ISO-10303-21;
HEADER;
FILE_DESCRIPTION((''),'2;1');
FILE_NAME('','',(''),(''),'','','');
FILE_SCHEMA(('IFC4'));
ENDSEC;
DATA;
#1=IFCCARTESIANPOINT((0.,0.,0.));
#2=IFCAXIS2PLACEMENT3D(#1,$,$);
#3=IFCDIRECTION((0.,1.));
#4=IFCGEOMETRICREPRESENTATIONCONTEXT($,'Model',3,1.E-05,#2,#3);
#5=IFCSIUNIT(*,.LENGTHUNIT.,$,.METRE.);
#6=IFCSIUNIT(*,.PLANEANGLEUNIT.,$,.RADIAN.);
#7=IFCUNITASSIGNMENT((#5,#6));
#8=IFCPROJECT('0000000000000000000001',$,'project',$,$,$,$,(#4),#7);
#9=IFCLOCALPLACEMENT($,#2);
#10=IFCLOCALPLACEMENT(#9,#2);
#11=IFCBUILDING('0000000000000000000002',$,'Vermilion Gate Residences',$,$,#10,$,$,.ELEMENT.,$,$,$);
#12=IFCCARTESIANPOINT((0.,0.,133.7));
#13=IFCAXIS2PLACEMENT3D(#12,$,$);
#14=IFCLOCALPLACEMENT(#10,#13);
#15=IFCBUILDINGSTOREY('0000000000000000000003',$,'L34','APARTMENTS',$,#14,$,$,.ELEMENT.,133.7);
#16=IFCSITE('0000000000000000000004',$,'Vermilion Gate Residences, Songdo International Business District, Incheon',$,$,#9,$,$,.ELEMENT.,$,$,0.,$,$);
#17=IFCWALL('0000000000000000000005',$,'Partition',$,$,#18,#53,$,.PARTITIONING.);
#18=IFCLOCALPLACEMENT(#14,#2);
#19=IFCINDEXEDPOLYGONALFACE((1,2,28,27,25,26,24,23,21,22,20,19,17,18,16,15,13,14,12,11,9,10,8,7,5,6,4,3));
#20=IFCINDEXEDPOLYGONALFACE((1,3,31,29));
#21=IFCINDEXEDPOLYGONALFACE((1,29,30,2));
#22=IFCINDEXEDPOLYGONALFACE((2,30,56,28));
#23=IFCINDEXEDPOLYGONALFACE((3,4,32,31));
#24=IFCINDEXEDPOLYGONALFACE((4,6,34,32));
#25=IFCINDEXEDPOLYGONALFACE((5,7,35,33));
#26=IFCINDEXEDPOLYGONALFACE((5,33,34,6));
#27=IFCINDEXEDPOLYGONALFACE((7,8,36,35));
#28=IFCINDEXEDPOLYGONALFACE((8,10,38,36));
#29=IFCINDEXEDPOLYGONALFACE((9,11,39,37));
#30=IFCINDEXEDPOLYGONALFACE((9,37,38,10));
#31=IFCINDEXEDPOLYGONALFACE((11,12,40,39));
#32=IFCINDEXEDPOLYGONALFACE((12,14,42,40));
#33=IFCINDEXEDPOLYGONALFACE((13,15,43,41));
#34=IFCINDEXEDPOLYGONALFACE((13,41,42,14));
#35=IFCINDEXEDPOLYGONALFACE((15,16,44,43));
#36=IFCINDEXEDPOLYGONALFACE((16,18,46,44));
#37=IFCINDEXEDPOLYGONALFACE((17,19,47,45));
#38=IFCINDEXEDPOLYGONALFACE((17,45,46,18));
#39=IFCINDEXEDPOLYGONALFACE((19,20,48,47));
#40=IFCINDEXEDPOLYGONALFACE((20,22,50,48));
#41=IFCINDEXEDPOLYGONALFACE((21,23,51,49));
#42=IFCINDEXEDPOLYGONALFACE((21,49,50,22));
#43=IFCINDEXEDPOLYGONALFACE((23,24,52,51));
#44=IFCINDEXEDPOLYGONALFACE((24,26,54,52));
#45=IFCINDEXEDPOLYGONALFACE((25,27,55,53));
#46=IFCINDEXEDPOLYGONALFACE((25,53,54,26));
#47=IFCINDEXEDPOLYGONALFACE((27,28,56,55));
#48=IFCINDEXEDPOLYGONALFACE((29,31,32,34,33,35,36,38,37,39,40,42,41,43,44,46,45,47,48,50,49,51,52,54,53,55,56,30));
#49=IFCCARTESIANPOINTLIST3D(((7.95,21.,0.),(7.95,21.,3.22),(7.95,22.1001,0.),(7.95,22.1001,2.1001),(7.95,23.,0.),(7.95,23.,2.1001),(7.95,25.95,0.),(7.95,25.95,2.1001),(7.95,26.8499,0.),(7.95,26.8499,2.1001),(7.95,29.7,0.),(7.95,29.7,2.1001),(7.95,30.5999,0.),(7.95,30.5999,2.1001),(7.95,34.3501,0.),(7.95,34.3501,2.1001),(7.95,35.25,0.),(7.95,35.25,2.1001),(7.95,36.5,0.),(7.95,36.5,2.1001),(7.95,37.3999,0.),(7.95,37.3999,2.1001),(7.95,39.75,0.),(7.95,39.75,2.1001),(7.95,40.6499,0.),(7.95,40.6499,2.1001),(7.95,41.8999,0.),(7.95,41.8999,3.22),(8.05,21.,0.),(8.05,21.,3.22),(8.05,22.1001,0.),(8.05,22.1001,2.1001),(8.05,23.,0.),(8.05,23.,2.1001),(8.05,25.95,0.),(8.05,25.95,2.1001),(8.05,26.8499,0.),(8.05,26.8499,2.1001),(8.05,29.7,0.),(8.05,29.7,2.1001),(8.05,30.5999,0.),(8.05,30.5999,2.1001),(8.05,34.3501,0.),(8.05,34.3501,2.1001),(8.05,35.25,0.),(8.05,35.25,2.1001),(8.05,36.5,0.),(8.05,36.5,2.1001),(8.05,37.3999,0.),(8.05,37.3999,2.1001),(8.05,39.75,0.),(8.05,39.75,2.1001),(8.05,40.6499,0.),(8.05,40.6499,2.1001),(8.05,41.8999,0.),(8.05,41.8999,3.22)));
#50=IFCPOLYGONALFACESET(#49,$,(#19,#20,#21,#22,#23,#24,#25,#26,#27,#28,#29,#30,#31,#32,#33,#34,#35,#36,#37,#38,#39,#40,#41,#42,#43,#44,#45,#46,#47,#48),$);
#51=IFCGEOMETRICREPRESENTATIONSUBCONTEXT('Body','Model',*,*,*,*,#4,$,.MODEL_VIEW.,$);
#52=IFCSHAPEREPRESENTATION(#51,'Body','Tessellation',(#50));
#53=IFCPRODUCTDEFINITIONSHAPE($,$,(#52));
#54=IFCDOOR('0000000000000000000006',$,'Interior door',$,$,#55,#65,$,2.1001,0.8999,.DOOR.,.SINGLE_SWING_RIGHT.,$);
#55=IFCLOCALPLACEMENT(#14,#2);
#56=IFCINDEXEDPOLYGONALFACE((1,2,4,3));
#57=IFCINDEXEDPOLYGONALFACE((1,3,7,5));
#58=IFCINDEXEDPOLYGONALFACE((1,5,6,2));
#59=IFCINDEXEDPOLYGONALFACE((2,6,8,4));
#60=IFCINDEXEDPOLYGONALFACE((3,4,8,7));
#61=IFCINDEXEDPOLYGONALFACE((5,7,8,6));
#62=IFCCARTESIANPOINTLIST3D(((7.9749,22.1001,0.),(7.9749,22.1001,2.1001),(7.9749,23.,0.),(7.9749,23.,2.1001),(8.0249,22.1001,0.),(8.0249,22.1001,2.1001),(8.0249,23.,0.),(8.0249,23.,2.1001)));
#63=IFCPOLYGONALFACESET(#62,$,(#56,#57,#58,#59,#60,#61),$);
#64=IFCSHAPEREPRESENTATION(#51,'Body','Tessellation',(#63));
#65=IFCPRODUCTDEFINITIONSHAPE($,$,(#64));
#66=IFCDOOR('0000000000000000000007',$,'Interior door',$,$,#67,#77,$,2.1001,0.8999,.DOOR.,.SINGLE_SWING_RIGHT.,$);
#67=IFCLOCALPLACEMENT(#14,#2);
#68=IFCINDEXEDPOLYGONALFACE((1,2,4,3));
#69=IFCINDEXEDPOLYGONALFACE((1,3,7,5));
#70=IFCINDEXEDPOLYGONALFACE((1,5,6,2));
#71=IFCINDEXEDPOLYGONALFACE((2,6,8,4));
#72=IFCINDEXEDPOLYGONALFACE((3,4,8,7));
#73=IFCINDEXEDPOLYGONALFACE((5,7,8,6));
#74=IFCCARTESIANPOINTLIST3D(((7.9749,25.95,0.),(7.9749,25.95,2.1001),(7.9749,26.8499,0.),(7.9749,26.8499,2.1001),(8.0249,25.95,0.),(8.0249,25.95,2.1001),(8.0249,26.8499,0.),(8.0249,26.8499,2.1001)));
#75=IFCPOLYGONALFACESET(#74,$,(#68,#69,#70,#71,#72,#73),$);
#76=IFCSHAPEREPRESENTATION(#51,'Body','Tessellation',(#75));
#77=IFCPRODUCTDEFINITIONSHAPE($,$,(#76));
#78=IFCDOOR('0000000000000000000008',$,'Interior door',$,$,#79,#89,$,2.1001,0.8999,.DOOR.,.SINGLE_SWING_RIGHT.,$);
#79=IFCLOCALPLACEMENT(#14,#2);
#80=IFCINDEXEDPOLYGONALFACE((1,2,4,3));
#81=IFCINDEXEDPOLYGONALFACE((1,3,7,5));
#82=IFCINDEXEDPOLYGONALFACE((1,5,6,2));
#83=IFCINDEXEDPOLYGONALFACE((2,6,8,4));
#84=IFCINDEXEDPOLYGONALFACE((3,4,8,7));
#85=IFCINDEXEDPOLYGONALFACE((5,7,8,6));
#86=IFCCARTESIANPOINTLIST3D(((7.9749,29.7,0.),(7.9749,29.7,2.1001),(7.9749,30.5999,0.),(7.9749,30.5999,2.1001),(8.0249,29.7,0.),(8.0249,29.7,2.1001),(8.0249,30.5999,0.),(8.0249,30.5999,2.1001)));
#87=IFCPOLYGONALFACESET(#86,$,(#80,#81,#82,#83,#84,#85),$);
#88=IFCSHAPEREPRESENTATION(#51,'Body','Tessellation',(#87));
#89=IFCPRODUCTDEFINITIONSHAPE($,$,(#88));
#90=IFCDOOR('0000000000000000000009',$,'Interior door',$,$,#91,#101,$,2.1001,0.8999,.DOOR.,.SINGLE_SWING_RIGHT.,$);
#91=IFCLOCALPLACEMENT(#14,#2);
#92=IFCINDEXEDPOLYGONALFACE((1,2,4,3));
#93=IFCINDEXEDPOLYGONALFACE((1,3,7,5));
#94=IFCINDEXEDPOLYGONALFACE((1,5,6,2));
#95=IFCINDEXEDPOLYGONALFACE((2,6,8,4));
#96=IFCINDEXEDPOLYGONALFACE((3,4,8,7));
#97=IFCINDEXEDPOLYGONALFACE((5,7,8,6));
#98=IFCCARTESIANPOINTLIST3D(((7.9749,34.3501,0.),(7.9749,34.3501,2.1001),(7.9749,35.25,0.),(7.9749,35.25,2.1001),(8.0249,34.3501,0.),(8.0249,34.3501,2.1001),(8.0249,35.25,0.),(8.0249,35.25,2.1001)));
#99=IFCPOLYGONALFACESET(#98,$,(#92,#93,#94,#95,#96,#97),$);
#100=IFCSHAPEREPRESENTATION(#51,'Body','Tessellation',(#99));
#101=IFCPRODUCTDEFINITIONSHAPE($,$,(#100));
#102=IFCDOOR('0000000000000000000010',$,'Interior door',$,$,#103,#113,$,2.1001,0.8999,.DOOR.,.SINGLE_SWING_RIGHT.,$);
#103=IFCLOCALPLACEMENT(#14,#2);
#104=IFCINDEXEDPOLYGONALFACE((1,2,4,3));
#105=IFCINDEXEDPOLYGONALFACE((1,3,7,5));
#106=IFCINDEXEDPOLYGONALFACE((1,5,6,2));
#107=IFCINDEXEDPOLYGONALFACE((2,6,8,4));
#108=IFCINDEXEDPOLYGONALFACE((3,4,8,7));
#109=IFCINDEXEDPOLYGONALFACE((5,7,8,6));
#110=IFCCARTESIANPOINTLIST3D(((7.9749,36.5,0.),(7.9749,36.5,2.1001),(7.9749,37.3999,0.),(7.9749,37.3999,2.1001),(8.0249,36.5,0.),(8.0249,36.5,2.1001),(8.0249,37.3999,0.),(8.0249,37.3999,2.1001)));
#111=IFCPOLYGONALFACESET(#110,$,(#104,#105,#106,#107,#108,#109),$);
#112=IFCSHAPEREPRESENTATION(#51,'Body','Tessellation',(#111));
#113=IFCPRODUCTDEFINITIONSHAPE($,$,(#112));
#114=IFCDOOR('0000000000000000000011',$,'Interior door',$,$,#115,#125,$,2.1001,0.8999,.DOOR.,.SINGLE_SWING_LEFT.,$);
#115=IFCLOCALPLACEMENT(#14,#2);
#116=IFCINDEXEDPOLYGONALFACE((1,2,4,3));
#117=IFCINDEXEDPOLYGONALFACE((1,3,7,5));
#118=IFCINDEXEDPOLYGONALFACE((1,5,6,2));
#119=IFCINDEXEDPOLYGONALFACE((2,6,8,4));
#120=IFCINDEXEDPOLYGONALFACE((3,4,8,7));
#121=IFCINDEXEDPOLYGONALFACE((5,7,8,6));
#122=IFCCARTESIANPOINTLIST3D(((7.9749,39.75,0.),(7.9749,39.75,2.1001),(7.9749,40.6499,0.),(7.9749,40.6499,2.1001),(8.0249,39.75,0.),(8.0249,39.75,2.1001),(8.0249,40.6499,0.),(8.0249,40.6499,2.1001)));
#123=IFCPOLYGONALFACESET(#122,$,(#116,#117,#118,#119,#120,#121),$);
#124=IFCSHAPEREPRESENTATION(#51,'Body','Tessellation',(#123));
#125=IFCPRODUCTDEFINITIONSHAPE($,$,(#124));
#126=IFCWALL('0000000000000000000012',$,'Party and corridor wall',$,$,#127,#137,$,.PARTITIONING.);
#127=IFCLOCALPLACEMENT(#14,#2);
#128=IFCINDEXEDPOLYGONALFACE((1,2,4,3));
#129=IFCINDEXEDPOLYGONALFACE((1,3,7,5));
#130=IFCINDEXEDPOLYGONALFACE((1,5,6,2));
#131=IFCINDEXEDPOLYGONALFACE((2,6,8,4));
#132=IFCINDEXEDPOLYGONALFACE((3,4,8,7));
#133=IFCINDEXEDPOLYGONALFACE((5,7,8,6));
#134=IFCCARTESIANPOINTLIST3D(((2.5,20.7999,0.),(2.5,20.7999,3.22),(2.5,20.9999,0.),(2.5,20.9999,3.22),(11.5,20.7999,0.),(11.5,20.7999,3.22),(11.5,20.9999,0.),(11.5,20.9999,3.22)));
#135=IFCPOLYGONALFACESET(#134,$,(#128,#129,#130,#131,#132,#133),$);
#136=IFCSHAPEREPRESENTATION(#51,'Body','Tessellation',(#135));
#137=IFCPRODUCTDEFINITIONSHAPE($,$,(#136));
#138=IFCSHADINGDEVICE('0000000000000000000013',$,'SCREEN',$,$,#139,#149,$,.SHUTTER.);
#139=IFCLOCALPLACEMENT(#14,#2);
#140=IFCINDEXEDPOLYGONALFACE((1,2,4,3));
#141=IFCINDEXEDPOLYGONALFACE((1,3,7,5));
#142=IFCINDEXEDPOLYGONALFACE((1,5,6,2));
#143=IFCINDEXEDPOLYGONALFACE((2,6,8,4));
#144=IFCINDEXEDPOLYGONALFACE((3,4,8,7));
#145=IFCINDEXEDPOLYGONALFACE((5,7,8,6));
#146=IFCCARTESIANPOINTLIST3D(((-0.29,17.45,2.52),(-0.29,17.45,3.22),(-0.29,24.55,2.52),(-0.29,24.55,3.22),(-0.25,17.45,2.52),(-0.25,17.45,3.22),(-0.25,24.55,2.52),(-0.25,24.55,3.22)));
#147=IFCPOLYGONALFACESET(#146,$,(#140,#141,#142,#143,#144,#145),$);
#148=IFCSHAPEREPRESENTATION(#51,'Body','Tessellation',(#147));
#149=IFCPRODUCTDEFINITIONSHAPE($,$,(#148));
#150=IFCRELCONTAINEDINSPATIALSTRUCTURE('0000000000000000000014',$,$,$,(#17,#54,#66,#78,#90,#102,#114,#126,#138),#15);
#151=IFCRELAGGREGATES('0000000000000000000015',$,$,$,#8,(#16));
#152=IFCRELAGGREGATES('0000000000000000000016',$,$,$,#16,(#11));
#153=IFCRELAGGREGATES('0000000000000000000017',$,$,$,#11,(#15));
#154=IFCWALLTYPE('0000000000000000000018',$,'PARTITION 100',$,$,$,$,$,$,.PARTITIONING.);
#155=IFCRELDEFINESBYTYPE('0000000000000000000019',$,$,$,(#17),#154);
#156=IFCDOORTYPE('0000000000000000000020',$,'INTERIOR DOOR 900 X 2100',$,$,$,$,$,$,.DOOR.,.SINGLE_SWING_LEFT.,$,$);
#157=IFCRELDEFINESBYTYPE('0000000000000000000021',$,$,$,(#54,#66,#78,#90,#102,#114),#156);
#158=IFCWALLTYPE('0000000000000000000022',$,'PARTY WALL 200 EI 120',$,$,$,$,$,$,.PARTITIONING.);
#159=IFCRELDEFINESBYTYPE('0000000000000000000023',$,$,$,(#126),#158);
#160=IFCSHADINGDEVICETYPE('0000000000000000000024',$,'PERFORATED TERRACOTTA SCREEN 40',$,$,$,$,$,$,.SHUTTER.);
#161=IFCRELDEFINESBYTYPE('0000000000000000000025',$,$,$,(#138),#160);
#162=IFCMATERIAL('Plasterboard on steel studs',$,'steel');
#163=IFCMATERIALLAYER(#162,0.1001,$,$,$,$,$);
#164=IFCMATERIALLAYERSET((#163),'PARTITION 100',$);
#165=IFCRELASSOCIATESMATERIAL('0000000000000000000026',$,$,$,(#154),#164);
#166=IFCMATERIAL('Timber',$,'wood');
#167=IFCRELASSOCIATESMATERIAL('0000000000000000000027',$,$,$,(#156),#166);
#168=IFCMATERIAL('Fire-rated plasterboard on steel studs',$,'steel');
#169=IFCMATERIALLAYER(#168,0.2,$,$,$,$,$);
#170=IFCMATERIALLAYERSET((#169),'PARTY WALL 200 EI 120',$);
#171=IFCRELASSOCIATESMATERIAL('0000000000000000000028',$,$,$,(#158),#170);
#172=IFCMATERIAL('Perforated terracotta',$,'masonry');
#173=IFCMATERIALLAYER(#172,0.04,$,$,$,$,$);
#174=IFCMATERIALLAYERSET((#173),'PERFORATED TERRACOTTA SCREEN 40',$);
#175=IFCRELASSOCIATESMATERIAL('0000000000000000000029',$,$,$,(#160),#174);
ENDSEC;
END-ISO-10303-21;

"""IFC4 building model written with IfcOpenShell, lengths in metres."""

from ifc_helpers import new_model, si_unit, direction, frame, frame_2d, origin, origin_2d, place, context, subcontext, project, spatial, rectangle, extrude, material, layer, layer_set, type_object, element, fill, save


model = new_model("IFC4")

# Units and contexts
model_context = context("Model", 3, precision=1e-05, world=origin(), true_north=direction((0.0, 1.0)))
body_context = subcontext(model_context, "Body", "Model", "MODEL_VIEW")
ifc_project = project(units=[si_unit("LENGTHUNIT", "METRE"), si_unit("PLANEANGLEUNIT", "RADIAN")], contexts=[model_context])

# Site, building, storey
site_placement = place(None, origin())
site = spatial("IfcSite", under=ifc_project, at=site_placement, Name="Vermilion Gate Residences, Songdo International Business District, Incheon", CompositionType="ELEMENT", RefElevation=0.0)
building_placement = place(site_placement, origin())
building = spatial("IfcBuilding", under=site, at=building_placement, Name="Vermilion Gate Residences", CompositionType="ELEMENT")
storey_placement = place(building_placement, frame((0.0, 0.0, 133.7)))
storey = spatial("IfcBuildingStorey", under=building, at=storey_placement, Name="L34", Description="APARTMENTS", CompositionType="ELEMENT", Elevation=133.7)

# Shared definitions
ifc_material_1 = material(Name="Plasterboard on steel studs", Category="steel")
ifc_layer_1 = layer(ifc_material_1, 0.1001)
ifc_layer_set_1 = layer_set([ifc_layer_1], Name="PARTITION 100")
wall_type_1 = type_object("IfcWallType", Name="PARTITION 100", PredefinedType="PARTITIONING", material=ifc_layer_set_1)

# Shared definitions
ifc_material_2 = material(Name="Timber", Category="wood")
door_type = type_object("IfcDoorType", Name="INTERIOR DOOR 900 X 2100", OperationType="SINGLE_SWING_LEFT", PredefinedType="DOOR", material=ifc_material_2)

# Wall, openings, doors
wall_1_placement = place(storey_placement, frame((8.0, 21.0, 0.0), z_axis=(0.0, 0.0, 1.0), x_axis=(0.0, 1.0, 0.0)))
wall_1 = element("IfcWall", 1, at=wall_1_placement, inside=storey, type_object=wall_type_1, Name="Partition", PredefinedType="PARTITIONING", context=body_context, shape_type="SweptSolid", body=[
    extrude(rectangle(XDim=20.8999, YDim=0.1001, at=frame_2d((10.45, 0.0))), origin(), (0.0, 0.0, 1.0), 3.22),
])
opening_1_placement = place(wall_1_placement, frame((1.1001, 0.0, 0.0)))
opening_1 = element("IfcOpeningElement", 2, at=opening_1_placement, cuts=wall_1, PredefinedType="OPENING", context=body_context, shape_type="SweptSolid", body=[
    extrude(rectangle(XDim=0.8999, YDim=2.1001, at=frame_2d((0.45, 1.05))), frame((0.0, 0.0601, 0.0), z_axis=(0.0, -1.0, 0.0), x_axis=(1.0, 0.0, 0.0)), (0.0, 0.0, 1.0), 0.1201),
])
opening_2_placement = place(wall_1_placement, frame((4.95, 0.0, 0.0)))
opening_2 = element("IfcOpeningElement", 3, at=opening_2_placement, cuts=wall_1, PredefinedType="OPENING", context=body_context, shape_type="SweptSolid", body=[
    extrude(rectangle(XDim=0.8999, YDim=2.1001, at=frame_2d((0.45, 1.05))), frame((0.0, 0.0601, 0.0), z_axis=(0.0, -1.0, 0.0), x_axis=(1.0, 0.0, 0.0)), (0.0, 0.0, 1.0), 0.1201),
])
opening_3_placement = place(wall_1_placement, frame((8.7, 0.0, 0.0)))
opening_3 = element("IfcOpeningElement", 4, at=opening_3_placement, cuts=wall_1, PredefinedType="OPENING", context=body_context, shape_type="SweptSolid", body=[
    extrude(rectangle(XDim=0.8999, YDim=2.1001, at=frame_2d((0.45, 1.05))), frame((0.0, 0.0601, 0.0), z_axis=(0.0, -1.0, 0.0), x_axis=(1.0, 0.0, 0.0)), (0.0, 0.0, 1.0), 0.1201),
])
opening_4_placement = place(wall_1_placement, frame((13.3501, 0.0, 0.0)))
opening_4 = element("IfcOpeningElement", 5, at=opening_4_placement, cuts=wall_1, PredefinedType="OPENING", context=body_context, shape_type="SweptSolid", body=[
    extrude(rectangle(XDim=0.8999, YDim=2.1001, at=frame_2d((0.45, 1.05))), frame((0.0, 0.0601, 0.0), z_axis=(0.0, -1.0, 0.0), x_axis=(1.0, 0.0, 0.0)), (0.0, 0.0, 1.0), 0.1201),
])
opening_5_placement = place(wall_1_placement, frame((15.5, 0.0, 0.0)))
opening_5 = element("IfcOpeningElement", 6, at=opening_5_placement, cuts=wall_1, PredefinedType="OPENING", context=body_context, shape_type="SweptSolid", body=[
    extrude(rectangle(XDim=0.8999, YDim=2.1001, at=frame_2d((0.45, 1.05))), frame((0.0, 0.0601, 0.0), z_axis=(0.0, -1.0, 0.0), x_axis=(1.0, 0.0, 0.0)), (0.0, 0.0, 1.0), 0.1201),
])
opening_6_placement = place(wall_1_placement, frame((18.75, 0.0, 0.0)))
opening_6 = element("IfcOpeningElement", 7, at=opening_6_placement, cuts=wall_1, PredefinedType="OPENING", context=body_context, shape_type="SweptSolid", body=[
    extrude(rectangle(XDim=0.8999, YDim=2.1001, at=frame_2d((0.45, 1.05))), frame((0.0, 0.0601, 0.0), z_axis=(0.0, -1.0, 0.0), x_axis=(1.0, 0.0, 0.0)), (0.0, 0.0, 1.0), 0.1201),
])
door_1_placement = place(opening_1_placement, frame((0.8999, 0.0, 0.0), z_axis=(0.0, 0.0, 1.0), x_axis=(-1.0, 0.0, 0.0)))
door_1 = element("IfcDoor", 8, at=door_1_placement, inside=storey, type_object=door_type, Name="Interior door", OperationType="SINGLE_SWING_RIGHT", OverallHeight=2.1001, OverallWidth=0.8999, PredefinedType="DOOR", context=body_context, shape_type="SweptSolid", body=[
    extrude(rectangle(XDim=0.8999, YDim=2.1001, at=frame_2d((0.45, 1.05))), frame((0.0, 0.0249, 0.0), z_axis=(0.0, -1.0, 0.0), x_axis=(1.0, 0.0, 0.0)), (0.0, 0.0, 1.0), 0.05),
])
fill(opening_1, door_1)
door_2_placement = place(opening_2_placement, frame((0.8999, 0.0, 0.0), z_axis=(0.0, 0.0, 1.0), x_axis=(-1.0, 0.0, 0.0)))
door_2 = element("IfcDoor", 9, at=door_2_placement, inside=storey, type_object=door_type, Name="Interior door", OperationType="SINGLE_SWING_RIGHT", OverallHeight=2.1001, OverallWidth=0.8999, PredefinedType="DOOR", context=body_context, shape_type="SweptSolid", body=[
    extrude(rectangle(XDim=0.8999, YDim=2.1001, at=frame_2d((0.45, 1.05))), frame((0.0, 0.0249, 0.0), z_axis=(0.0, -1.0, 0.0), x_axis=(1.0, 0.0, 0.0)), (0.0, 0.0, 1.0), 0.05),
])
fill(opening_2, door_2)
door_3_placement = place(opening_3_placement, frame((0.8999, 0.0, 0.0), z_axis=(0.0, 0.0, 1.0), x_axis=(-1.0, 0.0, 0.0)))
door_3 = element("IfcDoor", 10, at=door_3_placement, inside=storey, type_object=door_type, Name="Interior door", OperationType="SINGLE_SWING_RIGHT", OverallHeight=2.1001, OverallWidth=0.8999, PredefinedType="DOOR", context=body_context, shape_type="SweptSolid", body=[
    extrude(rectangle(XDim=0.8999, YDim=2.1001, at=frame_2d((0.45, 1.05))), frame((0.0, 0.0249, 0.0), z_axis=(0.0, -1.0, 0.0), x_axis=(1.0, 0.0, 0.0)), (0.0, 0.0, 1.0), 0.05),
])
fill(opening_3, door_3)
door_4_placement = place(opening_4_placement, frame((0.8999, 0.0, 0.0), z_axis=(0.0, 0.0, 1.0), x_axis=(-1.0, 0.0, 0.0)))
door_4 = element("IfcDoor", 11, at=door_4_placement, inside=storey, type_object=door_type, Name="Interior door", OperationType="SINGLE_SWING_RIGHT", OverallHeight=2.1001, OverallWidth=0.8999, PredefinedType="DOOR", context=body_context, shape_type="SweptSolid", body=[
    extrude(rectangle(XDim=0.8999, YDim=2.1001, at=frame_2d((0.45, 1.05))), frame((0.0, 0.0249, 0.0), z_axis=(0.0, -1.0, 0.0), x_axis=(1.0, 0.0, 0.0)), (0.0, 0.0, 1.0), 0.05),
])
fill(opening_4, door_4)
door_5_placement = place(opening_5_placement, frame((0.8999, 0.0, 0.0), z_axis=(0.0, 0.0, 1.0), x_axis=(-1.0, 0.0, 0.0)))
door_5 = element("IfcDoor", 12, at=door_5_placement, inside=storey, type_object=door_type, Name="Interior door", OperationType="SINGLE_SWING_RIGHT", OverallHeight=2.1001, OverallWidth=0.8999, PredefinedType="DOOR", context=body_context, shape_type="SweptSolid", body=[
    extrude(rectangle(XDim=0.8999, YDim=2.1001, at=frame_2d((0.45, 1.05))), frame((0.0, 0.0249, 0.0), z_axis=(0.0, -1.0, 0.0), x_axis=(1.0, 0.0, 0.0)), (0.0, 0.0, 1.0), 0.05),
])
fill(opening_5, door_5)
door_6_placement = place(opening_6_placement, frame((0.8999, 0.0, 0.0), z_axis=(0.0, 0.0, 1.0), x_axis=(-1.0, 0.0, 0.0)))
door_6 = element("IfcDoor", 13, at=door_6_placement, inside=storey, type_object=door_type, Name="Interior door", OperationType="SINGLE_SWING_LEFT", OverallHeight=2.1001, OverallWidth=0.8999, PredefinedType="DOOR", context=body_context, shape_type="SweptSolid", body=[
    extrude(rectangle(XDim=0.8999, YDim=2.1001, at=frame_2d((0.45, 1.05))), frame((0.0, 0.0249, 0.0), z_axis=(0.0, -1.0, 0.0), x_axis=(1.0, 0.0, 0.0)), (0.0, 0.0, 1.0), 0.05),
])
fill(opening_6, door_6)

# Wall
ifc_material_3 = material(Name="Fire-rated plasterboard on steel studs", Category="steel")
ifc_layer_2 = layer(ifc_material_3, 0.2)
ifc_layer_set_2 = layer_set([ifc_layer_2], Name="PARTY WALL 200 EI 120")
wall_type_2 = type_object("IfcWallType", Name="PARTY WALL 200 EI 120", PredefinedType="PARTITIONING", material=ifc_layer_set_2)
wall_2_placement = place(storey_placement, frame((2.5, 20.8999, 0.0), z_axis=(0.0, 0.0, 1.0), x_axis=(1.0, 0.0, 0.0)))
element("IfcWall", 14, at=wall_2_placement, inside=storey, type_object=wall_type_2, Name="Party and corridor wall", PredefinedType="PARTITIONING", context=body_context, shape_type="SweptSolid", body=[
    extrude(rectangle(XDim=9.0, YDim=0.2, at=frame_2d((4.5, 0.0))), origin(), (0.0, 0.0, 1.0), 3.22),
])

# Shading device
ifc_material_4 = material(Name="Perforated terracotta", Category="masonry")
ifc_layer_3 = layer(ifc_material_4, 0.04)
ifc_layer_set_3 = layer_set([ifc_layer_3], Name="PERFORATED TERRACOTTA SCREEN 40")
shading_device_type_1 = type_object("IfcShadingDeviceType", Name="PERFORATED TERRACOTTA SCREEN 40", PredefinedType="SHUTTER", material=ifc_layer_set_3)
shading_device_1_placement = place(storey_placement, frame((-0.27, 21.0, 2.52), z_axis=(0.0, 0.0, 1.0), x_axis=(0.0, -1.0, 0.0)))
element("IfcShadingDevice", 15, at=shading_device_1_placement, inside=storey, type_object=shading_device_type_1, Name="SCREEN", PredefinedType="SHUTTER", context=body_context, shape_type="SweptSolid", body=[
    extrude(rectangle(XDim=7.1001, YDim=0.04, at=origin_2d()), origin(), (0.0, 0.0, 1.0), 0.7),
])

save(model, "model.ifc")
